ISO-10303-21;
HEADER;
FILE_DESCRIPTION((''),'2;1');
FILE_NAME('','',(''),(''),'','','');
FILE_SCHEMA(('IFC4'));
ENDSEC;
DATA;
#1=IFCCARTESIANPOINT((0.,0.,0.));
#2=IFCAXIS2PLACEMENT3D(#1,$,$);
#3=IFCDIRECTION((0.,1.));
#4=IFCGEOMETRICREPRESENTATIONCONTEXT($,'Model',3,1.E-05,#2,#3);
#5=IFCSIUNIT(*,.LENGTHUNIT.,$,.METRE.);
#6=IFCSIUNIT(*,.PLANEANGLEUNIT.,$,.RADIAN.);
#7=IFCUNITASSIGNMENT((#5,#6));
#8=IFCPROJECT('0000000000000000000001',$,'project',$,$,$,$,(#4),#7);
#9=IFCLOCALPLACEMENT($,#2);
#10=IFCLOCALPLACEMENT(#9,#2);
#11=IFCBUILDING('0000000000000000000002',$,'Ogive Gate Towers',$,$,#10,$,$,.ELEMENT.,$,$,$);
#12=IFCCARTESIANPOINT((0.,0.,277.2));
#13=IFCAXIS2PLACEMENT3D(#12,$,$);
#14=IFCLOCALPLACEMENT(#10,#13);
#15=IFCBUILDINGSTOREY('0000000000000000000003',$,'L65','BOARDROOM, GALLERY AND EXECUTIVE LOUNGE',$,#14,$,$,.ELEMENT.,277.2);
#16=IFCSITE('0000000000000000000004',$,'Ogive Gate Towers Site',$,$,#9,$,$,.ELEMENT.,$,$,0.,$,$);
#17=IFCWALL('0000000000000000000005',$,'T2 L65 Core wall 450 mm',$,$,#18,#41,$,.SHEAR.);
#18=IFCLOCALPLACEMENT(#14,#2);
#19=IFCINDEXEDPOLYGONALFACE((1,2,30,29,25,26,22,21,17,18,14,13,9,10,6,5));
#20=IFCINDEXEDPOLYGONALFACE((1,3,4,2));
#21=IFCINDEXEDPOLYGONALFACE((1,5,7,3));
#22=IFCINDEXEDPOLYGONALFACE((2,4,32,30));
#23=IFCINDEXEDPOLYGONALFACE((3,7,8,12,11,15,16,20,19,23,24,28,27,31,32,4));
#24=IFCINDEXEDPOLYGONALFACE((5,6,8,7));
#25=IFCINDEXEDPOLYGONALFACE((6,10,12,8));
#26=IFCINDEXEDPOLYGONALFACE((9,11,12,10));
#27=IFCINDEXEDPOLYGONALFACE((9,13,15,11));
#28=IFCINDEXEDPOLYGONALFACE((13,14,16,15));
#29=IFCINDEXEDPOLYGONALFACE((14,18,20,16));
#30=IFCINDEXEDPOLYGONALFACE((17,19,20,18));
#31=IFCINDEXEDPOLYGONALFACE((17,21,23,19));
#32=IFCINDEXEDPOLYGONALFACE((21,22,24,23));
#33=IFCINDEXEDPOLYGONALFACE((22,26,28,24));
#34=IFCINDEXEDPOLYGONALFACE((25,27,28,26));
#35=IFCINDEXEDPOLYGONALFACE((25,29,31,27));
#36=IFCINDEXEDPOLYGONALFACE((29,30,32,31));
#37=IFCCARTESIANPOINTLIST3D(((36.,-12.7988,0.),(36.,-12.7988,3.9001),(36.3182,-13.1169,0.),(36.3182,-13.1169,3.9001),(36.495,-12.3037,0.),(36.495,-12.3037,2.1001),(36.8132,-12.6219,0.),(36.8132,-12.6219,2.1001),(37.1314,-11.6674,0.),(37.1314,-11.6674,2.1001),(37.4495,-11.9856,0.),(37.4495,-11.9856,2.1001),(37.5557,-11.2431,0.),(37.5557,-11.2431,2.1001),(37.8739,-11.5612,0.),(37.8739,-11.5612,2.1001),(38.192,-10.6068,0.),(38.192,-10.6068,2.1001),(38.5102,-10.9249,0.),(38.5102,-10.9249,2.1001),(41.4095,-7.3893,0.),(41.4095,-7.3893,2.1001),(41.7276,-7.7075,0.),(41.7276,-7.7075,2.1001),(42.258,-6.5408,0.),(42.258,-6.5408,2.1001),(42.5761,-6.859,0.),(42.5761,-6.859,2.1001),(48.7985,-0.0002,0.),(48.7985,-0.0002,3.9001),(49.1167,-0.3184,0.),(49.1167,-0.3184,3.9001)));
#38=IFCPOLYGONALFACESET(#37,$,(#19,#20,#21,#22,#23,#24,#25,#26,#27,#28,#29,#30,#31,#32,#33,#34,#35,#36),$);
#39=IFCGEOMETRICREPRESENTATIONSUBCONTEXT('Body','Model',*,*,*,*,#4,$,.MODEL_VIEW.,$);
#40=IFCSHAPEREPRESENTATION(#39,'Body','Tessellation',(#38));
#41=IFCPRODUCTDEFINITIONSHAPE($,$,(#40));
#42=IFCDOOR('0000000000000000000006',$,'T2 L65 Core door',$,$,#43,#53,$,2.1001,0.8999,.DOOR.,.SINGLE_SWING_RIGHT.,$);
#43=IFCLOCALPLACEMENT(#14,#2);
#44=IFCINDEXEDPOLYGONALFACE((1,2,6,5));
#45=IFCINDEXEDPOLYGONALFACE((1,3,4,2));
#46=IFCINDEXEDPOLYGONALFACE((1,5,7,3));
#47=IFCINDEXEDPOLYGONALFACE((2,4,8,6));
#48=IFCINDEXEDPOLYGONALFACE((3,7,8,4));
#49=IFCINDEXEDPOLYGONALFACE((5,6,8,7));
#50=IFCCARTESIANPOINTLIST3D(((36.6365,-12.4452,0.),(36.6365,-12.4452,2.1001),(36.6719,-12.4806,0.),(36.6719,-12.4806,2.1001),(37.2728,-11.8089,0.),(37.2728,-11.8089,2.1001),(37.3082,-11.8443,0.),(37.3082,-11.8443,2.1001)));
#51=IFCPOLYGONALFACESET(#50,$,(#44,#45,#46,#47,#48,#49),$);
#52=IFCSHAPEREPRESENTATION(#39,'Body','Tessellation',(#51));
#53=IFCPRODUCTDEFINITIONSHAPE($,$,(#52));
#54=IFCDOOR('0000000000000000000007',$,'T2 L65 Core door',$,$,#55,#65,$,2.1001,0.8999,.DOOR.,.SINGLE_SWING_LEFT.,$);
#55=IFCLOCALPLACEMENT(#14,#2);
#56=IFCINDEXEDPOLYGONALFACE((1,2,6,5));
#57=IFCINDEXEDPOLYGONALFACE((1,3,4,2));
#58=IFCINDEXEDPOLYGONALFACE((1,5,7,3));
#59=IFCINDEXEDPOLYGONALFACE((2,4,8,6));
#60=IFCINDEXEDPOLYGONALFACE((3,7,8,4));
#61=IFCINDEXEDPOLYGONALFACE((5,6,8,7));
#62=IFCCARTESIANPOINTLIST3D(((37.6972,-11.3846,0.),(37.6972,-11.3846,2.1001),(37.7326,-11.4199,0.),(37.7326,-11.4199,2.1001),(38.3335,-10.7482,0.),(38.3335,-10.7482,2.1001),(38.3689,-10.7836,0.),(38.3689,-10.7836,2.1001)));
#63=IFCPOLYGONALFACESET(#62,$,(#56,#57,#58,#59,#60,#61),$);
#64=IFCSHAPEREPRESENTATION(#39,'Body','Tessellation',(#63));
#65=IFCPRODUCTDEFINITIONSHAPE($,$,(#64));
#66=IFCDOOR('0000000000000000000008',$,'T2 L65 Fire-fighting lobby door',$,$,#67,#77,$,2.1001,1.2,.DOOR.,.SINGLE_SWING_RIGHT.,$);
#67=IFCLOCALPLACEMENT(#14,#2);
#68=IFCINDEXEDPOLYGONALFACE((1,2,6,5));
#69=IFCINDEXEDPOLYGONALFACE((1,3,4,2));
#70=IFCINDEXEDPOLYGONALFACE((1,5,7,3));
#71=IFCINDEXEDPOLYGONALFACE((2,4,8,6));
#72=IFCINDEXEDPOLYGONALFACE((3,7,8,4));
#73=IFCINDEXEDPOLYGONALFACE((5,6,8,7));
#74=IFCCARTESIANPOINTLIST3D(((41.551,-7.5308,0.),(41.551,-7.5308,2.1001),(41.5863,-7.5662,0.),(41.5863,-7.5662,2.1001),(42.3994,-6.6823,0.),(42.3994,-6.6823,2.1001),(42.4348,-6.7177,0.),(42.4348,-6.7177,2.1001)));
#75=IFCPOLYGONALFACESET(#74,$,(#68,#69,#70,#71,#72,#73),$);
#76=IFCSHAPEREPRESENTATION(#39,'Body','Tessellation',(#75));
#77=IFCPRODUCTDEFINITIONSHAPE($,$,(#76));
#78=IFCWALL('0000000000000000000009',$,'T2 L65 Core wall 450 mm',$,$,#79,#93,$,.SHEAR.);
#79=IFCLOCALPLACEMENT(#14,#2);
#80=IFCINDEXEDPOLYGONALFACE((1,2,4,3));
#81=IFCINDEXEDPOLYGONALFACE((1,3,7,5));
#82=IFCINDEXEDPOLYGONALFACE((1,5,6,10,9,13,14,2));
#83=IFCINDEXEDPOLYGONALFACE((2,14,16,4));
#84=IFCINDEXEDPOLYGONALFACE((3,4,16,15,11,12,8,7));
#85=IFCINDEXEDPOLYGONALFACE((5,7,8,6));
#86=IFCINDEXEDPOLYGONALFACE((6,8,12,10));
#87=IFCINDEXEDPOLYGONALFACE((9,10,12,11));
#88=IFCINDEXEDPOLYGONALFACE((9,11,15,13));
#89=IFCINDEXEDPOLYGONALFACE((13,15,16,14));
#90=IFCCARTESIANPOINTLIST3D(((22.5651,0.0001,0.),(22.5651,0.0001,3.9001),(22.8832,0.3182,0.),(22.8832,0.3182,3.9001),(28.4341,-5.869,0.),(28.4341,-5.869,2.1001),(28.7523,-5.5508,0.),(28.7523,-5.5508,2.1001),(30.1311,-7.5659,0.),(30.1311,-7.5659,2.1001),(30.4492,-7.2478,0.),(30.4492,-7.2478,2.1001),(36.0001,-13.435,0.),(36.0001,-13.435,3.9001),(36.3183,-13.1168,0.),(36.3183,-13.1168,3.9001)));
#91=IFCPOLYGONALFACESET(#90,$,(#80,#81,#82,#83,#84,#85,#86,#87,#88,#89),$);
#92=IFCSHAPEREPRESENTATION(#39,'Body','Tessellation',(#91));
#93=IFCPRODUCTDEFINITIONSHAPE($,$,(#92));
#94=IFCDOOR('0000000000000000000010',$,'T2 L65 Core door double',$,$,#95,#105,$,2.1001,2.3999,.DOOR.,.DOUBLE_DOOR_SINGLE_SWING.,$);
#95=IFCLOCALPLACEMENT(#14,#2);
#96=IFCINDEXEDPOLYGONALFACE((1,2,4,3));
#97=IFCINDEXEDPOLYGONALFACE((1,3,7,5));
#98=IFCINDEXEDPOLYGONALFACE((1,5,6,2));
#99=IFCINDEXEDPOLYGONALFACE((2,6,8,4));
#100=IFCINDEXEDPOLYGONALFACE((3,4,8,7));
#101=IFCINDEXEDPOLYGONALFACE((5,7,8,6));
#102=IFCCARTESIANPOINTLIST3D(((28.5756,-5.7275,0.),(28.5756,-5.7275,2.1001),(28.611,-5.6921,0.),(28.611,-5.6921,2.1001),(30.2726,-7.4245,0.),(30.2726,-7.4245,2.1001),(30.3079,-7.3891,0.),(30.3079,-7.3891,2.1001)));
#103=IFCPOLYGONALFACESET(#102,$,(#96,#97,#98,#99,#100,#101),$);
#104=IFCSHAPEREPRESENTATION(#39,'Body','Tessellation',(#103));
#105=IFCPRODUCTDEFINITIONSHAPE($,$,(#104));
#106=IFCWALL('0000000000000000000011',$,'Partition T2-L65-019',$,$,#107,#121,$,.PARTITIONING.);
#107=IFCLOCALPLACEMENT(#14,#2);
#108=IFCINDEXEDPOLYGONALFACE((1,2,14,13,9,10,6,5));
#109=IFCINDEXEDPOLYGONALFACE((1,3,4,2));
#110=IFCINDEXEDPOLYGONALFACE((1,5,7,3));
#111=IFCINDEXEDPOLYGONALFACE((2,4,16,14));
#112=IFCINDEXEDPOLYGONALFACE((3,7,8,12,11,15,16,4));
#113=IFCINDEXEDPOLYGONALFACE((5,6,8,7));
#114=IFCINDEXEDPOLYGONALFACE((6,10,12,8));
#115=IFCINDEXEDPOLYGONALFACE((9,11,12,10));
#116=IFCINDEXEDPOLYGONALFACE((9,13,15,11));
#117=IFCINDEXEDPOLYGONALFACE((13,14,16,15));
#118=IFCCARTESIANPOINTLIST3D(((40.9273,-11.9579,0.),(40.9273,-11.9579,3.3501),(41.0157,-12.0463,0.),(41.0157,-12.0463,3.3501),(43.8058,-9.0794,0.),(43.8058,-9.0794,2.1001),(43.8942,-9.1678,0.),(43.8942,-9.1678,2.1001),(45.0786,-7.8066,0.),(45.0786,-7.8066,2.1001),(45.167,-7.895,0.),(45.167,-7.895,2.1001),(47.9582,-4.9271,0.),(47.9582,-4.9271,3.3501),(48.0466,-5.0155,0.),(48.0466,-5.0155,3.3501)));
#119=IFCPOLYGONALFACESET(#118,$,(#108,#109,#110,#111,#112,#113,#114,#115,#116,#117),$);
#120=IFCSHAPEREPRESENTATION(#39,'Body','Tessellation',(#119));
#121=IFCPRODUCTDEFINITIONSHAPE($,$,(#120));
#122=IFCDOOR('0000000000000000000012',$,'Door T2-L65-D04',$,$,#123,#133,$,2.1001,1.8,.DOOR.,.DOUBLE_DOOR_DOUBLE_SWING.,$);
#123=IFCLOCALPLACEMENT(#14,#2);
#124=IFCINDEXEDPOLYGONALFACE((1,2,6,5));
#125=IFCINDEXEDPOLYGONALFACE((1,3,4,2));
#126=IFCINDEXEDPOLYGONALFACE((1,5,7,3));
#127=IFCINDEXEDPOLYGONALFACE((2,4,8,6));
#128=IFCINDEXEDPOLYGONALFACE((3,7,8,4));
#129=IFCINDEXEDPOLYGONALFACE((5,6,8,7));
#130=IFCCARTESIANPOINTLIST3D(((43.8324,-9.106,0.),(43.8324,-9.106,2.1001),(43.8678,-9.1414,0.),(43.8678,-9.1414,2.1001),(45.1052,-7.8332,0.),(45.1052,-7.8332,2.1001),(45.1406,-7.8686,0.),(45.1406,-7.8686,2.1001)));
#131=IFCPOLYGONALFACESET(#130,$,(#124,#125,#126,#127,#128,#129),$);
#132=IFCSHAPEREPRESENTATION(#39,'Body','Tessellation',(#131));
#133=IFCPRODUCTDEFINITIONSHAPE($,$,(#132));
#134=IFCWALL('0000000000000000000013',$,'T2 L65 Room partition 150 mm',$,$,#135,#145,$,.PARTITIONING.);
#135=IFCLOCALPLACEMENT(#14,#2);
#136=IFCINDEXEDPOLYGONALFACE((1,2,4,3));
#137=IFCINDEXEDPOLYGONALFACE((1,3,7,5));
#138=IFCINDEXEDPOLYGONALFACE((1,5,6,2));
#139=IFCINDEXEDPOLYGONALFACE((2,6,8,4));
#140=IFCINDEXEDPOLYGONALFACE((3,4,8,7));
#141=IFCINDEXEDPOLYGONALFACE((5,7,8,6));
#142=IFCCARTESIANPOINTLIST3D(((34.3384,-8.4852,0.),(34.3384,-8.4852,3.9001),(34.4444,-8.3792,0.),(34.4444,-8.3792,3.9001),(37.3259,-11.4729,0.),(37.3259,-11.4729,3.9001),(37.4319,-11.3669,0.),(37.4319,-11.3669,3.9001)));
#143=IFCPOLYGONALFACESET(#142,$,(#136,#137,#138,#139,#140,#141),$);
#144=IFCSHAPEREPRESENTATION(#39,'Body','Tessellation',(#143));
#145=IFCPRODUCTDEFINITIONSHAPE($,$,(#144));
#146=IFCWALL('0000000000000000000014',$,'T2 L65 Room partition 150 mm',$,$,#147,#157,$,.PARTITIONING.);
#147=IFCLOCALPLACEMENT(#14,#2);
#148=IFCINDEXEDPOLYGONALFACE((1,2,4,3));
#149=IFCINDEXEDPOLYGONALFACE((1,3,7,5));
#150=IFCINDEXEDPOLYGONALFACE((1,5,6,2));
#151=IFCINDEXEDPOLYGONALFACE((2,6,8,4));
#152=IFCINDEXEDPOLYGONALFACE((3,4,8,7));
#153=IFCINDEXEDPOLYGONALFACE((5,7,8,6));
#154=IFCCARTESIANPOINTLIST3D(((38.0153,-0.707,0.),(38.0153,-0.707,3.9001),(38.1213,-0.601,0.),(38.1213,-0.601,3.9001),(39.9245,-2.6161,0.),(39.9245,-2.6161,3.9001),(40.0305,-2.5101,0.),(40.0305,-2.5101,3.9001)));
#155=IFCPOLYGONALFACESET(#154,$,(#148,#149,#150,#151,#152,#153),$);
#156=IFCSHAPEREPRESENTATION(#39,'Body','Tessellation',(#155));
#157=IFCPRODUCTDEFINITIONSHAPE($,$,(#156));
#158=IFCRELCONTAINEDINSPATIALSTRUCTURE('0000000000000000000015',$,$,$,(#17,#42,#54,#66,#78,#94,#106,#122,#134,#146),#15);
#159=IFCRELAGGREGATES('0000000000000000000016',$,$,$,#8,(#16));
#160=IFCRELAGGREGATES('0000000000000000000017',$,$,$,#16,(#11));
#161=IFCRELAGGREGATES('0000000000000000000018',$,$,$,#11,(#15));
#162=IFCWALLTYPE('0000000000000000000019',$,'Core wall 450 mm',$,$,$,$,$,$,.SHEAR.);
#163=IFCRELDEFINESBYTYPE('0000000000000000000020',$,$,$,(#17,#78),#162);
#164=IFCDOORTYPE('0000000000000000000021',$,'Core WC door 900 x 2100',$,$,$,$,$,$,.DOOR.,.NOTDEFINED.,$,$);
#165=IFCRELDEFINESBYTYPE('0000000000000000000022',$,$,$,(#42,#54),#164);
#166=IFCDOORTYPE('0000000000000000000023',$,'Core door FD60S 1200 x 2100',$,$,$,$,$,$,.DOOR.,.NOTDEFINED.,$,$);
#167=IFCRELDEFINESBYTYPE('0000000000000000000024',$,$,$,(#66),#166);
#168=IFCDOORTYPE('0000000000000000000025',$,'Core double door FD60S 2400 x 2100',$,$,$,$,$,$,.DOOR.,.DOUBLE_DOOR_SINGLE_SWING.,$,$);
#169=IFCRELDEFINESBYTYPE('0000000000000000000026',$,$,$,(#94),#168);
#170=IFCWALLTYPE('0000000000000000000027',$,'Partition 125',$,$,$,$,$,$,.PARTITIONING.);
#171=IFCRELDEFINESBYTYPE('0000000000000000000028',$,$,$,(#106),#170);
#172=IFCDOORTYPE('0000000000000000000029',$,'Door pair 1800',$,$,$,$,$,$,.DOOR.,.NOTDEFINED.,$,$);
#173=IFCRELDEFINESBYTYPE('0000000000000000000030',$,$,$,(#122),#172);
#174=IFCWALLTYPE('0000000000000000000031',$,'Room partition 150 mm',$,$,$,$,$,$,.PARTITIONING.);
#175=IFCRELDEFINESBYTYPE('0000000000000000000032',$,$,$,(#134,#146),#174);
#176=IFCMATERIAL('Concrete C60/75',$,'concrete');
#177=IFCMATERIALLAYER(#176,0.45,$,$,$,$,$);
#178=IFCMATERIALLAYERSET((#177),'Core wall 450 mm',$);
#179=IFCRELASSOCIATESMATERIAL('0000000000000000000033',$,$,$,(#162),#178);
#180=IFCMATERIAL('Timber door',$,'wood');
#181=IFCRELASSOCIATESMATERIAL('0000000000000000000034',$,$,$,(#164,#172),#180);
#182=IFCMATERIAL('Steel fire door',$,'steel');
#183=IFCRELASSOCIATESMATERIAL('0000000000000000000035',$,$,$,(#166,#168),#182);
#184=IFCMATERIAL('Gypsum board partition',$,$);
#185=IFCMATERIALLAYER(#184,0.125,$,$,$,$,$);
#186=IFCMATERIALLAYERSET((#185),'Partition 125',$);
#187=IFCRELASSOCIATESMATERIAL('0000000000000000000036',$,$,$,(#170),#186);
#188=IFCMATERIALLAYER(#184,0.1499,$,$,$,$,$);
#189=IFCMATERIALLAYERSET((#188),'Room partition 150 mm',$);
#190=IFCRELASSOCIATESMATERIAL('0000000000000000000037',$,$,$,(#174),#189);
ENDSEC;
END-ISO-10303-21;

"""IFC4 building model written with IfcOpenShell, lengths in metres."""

from ifc_helpers import new_model, si_unit, direction, frame, frame_2d, origin, place, context, subcontext, project, spatial, rectangle, extrude, material, layer, layer_set, type_object, element, fill, save


model = new_model("IFC4")

# Units and contexts
model_context = context("Model", 3, precision=1e-05, world=origin(), true_north=direction((0.0, 1.0)))
body_context = subcontext(model_context, "Body", "Model", "MODEL_VIEW")
ifc_project = project(units=[si_unit("LENGTHUNIT", "METRE"), si_unit("PLANEANGLEUNIT", "RADIAN")], contexts=[model_context])

# Site, building, storey
site_placement = place(None, origin())
site = spatial("IfcSite", under=ifc_project, at=site_placement, Name="Ogive Gate Towers Site", CompositionType="ELEMENT", RefElevation=0.0)
building_placement = place(site_placement, origin())
building = spatial("IfcBuilding", under=site, at=building_placement, Name="Ogive Gate Towers", CompositionType="ELEMENT")
storey_placement = place(building_placement, frame((0.0, 0.0, 277.2)))
storey = spatial("IfcBuildingStorey", under=building, at=storey_placement, Name="L65", Description="BOARDROOM, GALLERY AND EXECUTIVE LOUNGE", CompositionType="ELEMENT", Elevation=277.2)

# Wall, openings, doors
ifc_material_1 = material(Name="Concrete C60/75", Category="concrete")
ifc_layer_1 = layer(ifc_material_1, 0.45)
ifc_layer_set_1 = layer_set([ifc_layer_1], Name="Core wall 450 mm")
wall_type_1 = type_object("IfcWallType", Name="Core wall 450 mm", PredefinedType="SHEAR", material=ifc_layer_set_1)
wall_1_placement = place(storey_placement, frame((36.1592, -12.9578, 0.0), z_axis=(0.0, 0.0, 1.0), x_axis=(0.707107, 0.707107, 0.0)))
wall_1 = element("IfcWall", 1, at=wall_1_placement, inside=storey, type_object=wall_type_1, Name="T2 L65 Core wall 450 mm", PredefinedType="SHEAR", context=body_context, shape_type="SweptSolid", body=[
    extrude(rectangle(XDim=18.0999, YDim=0.45, at=frame_2d((9.0498, 0.0))), origin(), (0.0, 0.0, 1.0), 3.9001),
])
opening_1_placement = place(wall_1_placement, frame((7.6499, 0.0, 0.0)))
opening_1 = element("IfcOpeningElement", 2, at=opening_1_placement, cuts=wall_1, PredefinedType="OPENING", context=body_context, shape_type="SweptSolid", body=[
    extrude(rectangle(XDim=1.2, YDim=2.1001, at=frame_2d((0.6001, 1.05))), frame((0.0, 0.2349, 0.0), z_axis=(0.0, -1.0, 0.0), x_axis=(1.0, 0.0, 0.0)), (0.0, 0.0, 1.0), 0.47),
])
opening_2_placement = place(wall_1_placement, frame((0.7, 0.0, 0.0)))
opening_2 = element("IfcOpeningElement", 3, at=opening_2_placement, cuts=wall_1, PredefinedType="OPENING", context=body_context, shape_type="SweptSolid", body=[
    extrude(rectangle(XDim=0.8999, YDim=2.1001, at=frame_2d((0.45, 1.05))), frame((0.0, 0.2349, 0.0), z_axis=(0.0, -1.0, 0.0), x_axis=(1.0, 0.0, 0.0)), (0.0, 0.0, 1.0), 0.47),
])
opening_3_placement = place(wall_1_placement, frame((2.2, 0.0, 0.0)))
opening_3 = element("IfcOpeningElement", 4, at=opening_3_placement, cuts=wall_1, PredefinedType="OPENING", context=body_context, shape_type="SweptSolid", body=[
    extrude(rectangle(XDim=0.8999, YDim=2.1001, at=frame_2d((0.45, 1.05))), frame((0.0, 0.2349, 0.0), z_axis=(0.0, -1.0, 0.0), x_axis=(1.0, 0.0, 0.0)), (0.0, 0.0, 1.0), 0.47),
])
ifc_material_2 = material(Name="Timber door", Category="wood")
door_type_1 = type_object("IfcDoorType", Name="Core WC door 900 x 2100", OperationType="NOTDEFINED", PredefinedType="DOOR", material=ifc_material_2)
door_1_placement = place(opening_2_placement, origin())
door_1 = element("IfcDoor", 5, at=door_1_placement, inside=storey, type_object=door_type_1, Name="T2 L65 Core door", OperationType="SINGLE_SWING_RIGHT", OverallHeight=2.1001, OverallWidth=0.8999, PredefinedType="DOOR", context=body_context, shape_type="SweptSolid", body=[
    extrude(rectangle(XDim=0.8999, YDim=2.1001, at=frame_2d((0.45, 1.05))), frame((0.0, 0.0249, 0.0), z_axis=(0.0, -1.0, 0.0), x_axis=(1.0, 0.0, 0.0)), (0.0, 0.0, 1.0), 0.05),
])
fill(opening_2, door_1)
door_2_placement = place(opening_3_placement, origin())
door_2 = element("IfcDoor", 6, at=door_2_placement, inside=storey, type_object=door_type_1, Name="T2 L65 Core door", OperationType="SINGLE_SWING_LEFT", OverallHeight=2.1001, OverallWidth=0.8999, PredefinedType="DOOR", context=body_context, shape_type="SweptSolid", body=[
    extrude(rectangle(XDim=0.8999, YDim=2.1001, at=frame_2d((0.45, 1.05))), frame((0.0, 0.0249, 0.0), z_axis=(0.0, -1.0, 0.0), x_axis=(1.0, 0.0, 0.0)), (0.0, 0.0, 1.0), 0.05),
])
fill(opening_3, door_2)
ifc_material_3 = material(Name="Steel fire door", Category="steel")
door_type_2 = type_object("IfcDoorType", Name="Core door FD60S 1200 x 2100", OperationType="NOTDEFINED", PredefinedType="DOOR", material=ifc_material_3)
door_3_placement = place(opening_1_placement, origin())
door_3 = element("IfcDoor", 7, at=door_3_placement, inside=storey, type_object=door_type_2, Name="T2 L65 Fire-fighting lobby door", OperationType="SINGLE_SWING_RIGHT", OverallHeight=2.1001, OverallWidth=1.2, PredefinedType="DOOR", context=body_context, shape_type="SweptSolid", body=[
    extrude(rectangle(XDim=1.2, YDim=2.1001, at=frame_2d((0.6001, 1.05))), frame((0.0, 0.0249, 0.0), z_axis=(0.0, -1.0, 0.0), x_axis=(1.0, 0.0, 0.0)), (0.0, 0.0, 1.0), 0.05),
])
fill(opening_1, door_3)

# Walls, openings, doors
wall_2_placement = place(storey_placement, frame((36.1592, -13.2759, 0.0), z_axis=(0.0, 0.0, 1.0), x_axis=(-0.707107, 0.707107, 0.0)))
wall_2 = element("IfcWall", 8, at=wall_2_placement, inside=storey, type_object=wall_type_1, Name="T2 L65 Core wall 450 mm", PredefinedType="SHEAR", context=body_context, shape_type="SweptSolid", body=[
    extrude(rectangle(XDim=19.0, YDim=0.45, at=frame_2d((9.5, 0.0))), origin(), (0.0, 0.0, 1.0), 3.9001),
])
opening_4_placement = place(wall_2_placement, frame((8.3, 0.0, 0.0)))
opening_4 = element("IfcOpeningElement", 9, at=opening_4_placement, cuts=wall_2, PredefinedType="OPENING", context=body_context, shape_type="SweptSolid", body=[
    extrude(rectangle(XDim=2.3999, YDim=2.1001, at=frame_2d((1.2, 1.05))), frame((0.0, 0.2349, 0.0), z_axis=(0.0, -1.0, 0.0), x_axis=(1.0, 0.0, 0.0)), (0.0, 0.0, 1.0), 0.47),
])
door_type_3 = type_object("IfcDoorType", Name="Core double door FD60S 2400 x 2100", OperationType="DOUBLE_DOOR_SINGLE_SWING", PredefinedType="DOOR", material=ifc_material_3)
door_4_placement = place(opening_4_placement, origin())
door_4 = element("IfcDoor", 10, at=door_4_placement, inside=storey, type_object=door_type_3, Name="T2 L65 Core door double", OperationType="DOUBLE_DOOR_SINGLE_SWING", OverallHeight=2.1001, OverallWidth=2.3999, PredefinedType="DOOR", context=body_context, shape_type="SweptSolid", body=[
    extrude(rectangle(XDim=2.3999, YDim=2.1001, at=frame_2d((1.2, 1.05))), frame((0.0, 0.0249, 0.0), z_axis=(0.0, -1.0, 0.0), x_axis=(1.0, 0.0, 0.0)), (0.0, 0.0, 1.0), 0.05),
])
fill(opening_4, door_4)
ifc_material_4 = material(Name="Gypsum board partition")
ifc_layer_2 = layer(ifc_material_4, 0.125)
ifc_layer_set_2 = layer_set([ifc_layer_2], Name="Partition 125")
wall_type_2 = type_object("IfcWallType", Name="Partition 125", PredefinedType="PARTITIONING", material=ifc_layer_set_2)
wall_3_placement = place(storey_placement, frame((40.9714, -12.0022, 0.0), z_axis=(0.0, 0.0, 1.0), x_axis=(0.707107, 0.707107, 0.0)))
wall_3 = element("IfcWall", 11, at=wall_3_placement, inside=storey, type_object=wall_type_2, Name="Partition T2-L65-019", PredefinedType="PARTITIONING", context=body_context, shape_type="SweptSolid", body=[
    extrude(rectangle(XDim=9.9431, YDim=0.125, at=frame_2d((4.9717, 0.0))), origin(), (0.0, 0.0, 1.0), 3.3501),
])
opening_5_placement = place(wall_3_placement, frame((4.071, 0.0, 0.0)))
opening_5 = element("IfcOpeningElement", 12, at=opening_5_placement, cuts=wall_3, PredefinedType="OPENING", context=body_context, shape_type="SweptSolid", body=[
    extrude(rectangle(XDim=1.8, YDim=2.1001, at=frame_2d((0.8999, 1.05))), frame((0.0, 0.0725, 0.0), z_axis=(0.0, -1.0, 0.0), x_axis=(1.0, 0.0, 0.0)), (0.0, 0.0, 1.0), 0.145),
])
door_type_4 = type_object("IfcDoorType", Name="Door pair 1800", OperationType="NOTDEFINED", PredefinedType="DOOR", material=ifc_material_2)
door_5_placement = place(opening_5_placement, origin())
door_5 = element("IfcDoor", 13, at=door_5_placement, inside=storey, type_object=door_type_4, Name="Door T2-L65-D04", OperationType="DOUBLE_DOOR_DOUBLE_SWING", OverallHeight=2.1001, OverallWidth=1.8, PredefinedType="DOOR", context=body_context, shape_type="SweptSolid", body=[
    extrude(rectangle(XDim=1.8, YDim=2.1001, at=frame_2d((0.8999, 1.05))), frame((0.0, 0.0249, 0.0), z_axis=(0.0, -1.0, 0.0), x_axis=(1.0, 0.0, 0.0)), (0.0, 0.0, 1.0), 0.05),
])
fill(opening_5, door_5)

# Walls
ifc_layer_3 = layer(ifc_material_4, 0.1499)
ifc_layer_set_3 = layer_set([ifc_layer_3], Name="Room partition 150 mm")
wall_type_3 = type_object("IfcWallType", Name="Room partition 150 mm", PredefinedType="PARTITIONING", material=ifc_layer_set_3)
wall_4_placement = place(storey_placement, frame((37.3789, -11.4199, 0.0), z_axis=(0.0, 0.0, 1.0), x_axis=(-0.707078, 0.707136, 0.0)))
element("IfcWall", 14, at=wall_4_placement, inside=storey, type_object=wall_type_3, Name="T2 L65 Room partition 150 mm", PredefinedType="PARTITIONING", context=body_context, shape_type="SweptSolid", body=[
    extrude(rectangle(XDim=4.2251, YDim=0.1499, at=frame_2d((2.1125, 0.0))), origin(), (0.0, 0.0, 1.0), 3.9001),
])
wall_5_placement = place(storey_placement, frame((39.9775, -2.5632, 0.0), z_axis=(0.0, 0.0, 1.0), x_axis=(-0.707107, 0.707107, 0.0)))
element("IfcWall", 15, at=wall_5_placement, inside=storey, type_object=wall_type_3, Name="T2 L65 Room partition 150 mm", PredefinedType="PARTITIONING", context=body_context, shape_type="SweptSolid", body=[
    extrude(rectangle(XDim=2.7, YDim=0.1499, at=frame_2d((1.3501, 0.0))), origin(), (0.0, 0.0, 1.0), 3.9001),
])

save(model, "model.ifc")
